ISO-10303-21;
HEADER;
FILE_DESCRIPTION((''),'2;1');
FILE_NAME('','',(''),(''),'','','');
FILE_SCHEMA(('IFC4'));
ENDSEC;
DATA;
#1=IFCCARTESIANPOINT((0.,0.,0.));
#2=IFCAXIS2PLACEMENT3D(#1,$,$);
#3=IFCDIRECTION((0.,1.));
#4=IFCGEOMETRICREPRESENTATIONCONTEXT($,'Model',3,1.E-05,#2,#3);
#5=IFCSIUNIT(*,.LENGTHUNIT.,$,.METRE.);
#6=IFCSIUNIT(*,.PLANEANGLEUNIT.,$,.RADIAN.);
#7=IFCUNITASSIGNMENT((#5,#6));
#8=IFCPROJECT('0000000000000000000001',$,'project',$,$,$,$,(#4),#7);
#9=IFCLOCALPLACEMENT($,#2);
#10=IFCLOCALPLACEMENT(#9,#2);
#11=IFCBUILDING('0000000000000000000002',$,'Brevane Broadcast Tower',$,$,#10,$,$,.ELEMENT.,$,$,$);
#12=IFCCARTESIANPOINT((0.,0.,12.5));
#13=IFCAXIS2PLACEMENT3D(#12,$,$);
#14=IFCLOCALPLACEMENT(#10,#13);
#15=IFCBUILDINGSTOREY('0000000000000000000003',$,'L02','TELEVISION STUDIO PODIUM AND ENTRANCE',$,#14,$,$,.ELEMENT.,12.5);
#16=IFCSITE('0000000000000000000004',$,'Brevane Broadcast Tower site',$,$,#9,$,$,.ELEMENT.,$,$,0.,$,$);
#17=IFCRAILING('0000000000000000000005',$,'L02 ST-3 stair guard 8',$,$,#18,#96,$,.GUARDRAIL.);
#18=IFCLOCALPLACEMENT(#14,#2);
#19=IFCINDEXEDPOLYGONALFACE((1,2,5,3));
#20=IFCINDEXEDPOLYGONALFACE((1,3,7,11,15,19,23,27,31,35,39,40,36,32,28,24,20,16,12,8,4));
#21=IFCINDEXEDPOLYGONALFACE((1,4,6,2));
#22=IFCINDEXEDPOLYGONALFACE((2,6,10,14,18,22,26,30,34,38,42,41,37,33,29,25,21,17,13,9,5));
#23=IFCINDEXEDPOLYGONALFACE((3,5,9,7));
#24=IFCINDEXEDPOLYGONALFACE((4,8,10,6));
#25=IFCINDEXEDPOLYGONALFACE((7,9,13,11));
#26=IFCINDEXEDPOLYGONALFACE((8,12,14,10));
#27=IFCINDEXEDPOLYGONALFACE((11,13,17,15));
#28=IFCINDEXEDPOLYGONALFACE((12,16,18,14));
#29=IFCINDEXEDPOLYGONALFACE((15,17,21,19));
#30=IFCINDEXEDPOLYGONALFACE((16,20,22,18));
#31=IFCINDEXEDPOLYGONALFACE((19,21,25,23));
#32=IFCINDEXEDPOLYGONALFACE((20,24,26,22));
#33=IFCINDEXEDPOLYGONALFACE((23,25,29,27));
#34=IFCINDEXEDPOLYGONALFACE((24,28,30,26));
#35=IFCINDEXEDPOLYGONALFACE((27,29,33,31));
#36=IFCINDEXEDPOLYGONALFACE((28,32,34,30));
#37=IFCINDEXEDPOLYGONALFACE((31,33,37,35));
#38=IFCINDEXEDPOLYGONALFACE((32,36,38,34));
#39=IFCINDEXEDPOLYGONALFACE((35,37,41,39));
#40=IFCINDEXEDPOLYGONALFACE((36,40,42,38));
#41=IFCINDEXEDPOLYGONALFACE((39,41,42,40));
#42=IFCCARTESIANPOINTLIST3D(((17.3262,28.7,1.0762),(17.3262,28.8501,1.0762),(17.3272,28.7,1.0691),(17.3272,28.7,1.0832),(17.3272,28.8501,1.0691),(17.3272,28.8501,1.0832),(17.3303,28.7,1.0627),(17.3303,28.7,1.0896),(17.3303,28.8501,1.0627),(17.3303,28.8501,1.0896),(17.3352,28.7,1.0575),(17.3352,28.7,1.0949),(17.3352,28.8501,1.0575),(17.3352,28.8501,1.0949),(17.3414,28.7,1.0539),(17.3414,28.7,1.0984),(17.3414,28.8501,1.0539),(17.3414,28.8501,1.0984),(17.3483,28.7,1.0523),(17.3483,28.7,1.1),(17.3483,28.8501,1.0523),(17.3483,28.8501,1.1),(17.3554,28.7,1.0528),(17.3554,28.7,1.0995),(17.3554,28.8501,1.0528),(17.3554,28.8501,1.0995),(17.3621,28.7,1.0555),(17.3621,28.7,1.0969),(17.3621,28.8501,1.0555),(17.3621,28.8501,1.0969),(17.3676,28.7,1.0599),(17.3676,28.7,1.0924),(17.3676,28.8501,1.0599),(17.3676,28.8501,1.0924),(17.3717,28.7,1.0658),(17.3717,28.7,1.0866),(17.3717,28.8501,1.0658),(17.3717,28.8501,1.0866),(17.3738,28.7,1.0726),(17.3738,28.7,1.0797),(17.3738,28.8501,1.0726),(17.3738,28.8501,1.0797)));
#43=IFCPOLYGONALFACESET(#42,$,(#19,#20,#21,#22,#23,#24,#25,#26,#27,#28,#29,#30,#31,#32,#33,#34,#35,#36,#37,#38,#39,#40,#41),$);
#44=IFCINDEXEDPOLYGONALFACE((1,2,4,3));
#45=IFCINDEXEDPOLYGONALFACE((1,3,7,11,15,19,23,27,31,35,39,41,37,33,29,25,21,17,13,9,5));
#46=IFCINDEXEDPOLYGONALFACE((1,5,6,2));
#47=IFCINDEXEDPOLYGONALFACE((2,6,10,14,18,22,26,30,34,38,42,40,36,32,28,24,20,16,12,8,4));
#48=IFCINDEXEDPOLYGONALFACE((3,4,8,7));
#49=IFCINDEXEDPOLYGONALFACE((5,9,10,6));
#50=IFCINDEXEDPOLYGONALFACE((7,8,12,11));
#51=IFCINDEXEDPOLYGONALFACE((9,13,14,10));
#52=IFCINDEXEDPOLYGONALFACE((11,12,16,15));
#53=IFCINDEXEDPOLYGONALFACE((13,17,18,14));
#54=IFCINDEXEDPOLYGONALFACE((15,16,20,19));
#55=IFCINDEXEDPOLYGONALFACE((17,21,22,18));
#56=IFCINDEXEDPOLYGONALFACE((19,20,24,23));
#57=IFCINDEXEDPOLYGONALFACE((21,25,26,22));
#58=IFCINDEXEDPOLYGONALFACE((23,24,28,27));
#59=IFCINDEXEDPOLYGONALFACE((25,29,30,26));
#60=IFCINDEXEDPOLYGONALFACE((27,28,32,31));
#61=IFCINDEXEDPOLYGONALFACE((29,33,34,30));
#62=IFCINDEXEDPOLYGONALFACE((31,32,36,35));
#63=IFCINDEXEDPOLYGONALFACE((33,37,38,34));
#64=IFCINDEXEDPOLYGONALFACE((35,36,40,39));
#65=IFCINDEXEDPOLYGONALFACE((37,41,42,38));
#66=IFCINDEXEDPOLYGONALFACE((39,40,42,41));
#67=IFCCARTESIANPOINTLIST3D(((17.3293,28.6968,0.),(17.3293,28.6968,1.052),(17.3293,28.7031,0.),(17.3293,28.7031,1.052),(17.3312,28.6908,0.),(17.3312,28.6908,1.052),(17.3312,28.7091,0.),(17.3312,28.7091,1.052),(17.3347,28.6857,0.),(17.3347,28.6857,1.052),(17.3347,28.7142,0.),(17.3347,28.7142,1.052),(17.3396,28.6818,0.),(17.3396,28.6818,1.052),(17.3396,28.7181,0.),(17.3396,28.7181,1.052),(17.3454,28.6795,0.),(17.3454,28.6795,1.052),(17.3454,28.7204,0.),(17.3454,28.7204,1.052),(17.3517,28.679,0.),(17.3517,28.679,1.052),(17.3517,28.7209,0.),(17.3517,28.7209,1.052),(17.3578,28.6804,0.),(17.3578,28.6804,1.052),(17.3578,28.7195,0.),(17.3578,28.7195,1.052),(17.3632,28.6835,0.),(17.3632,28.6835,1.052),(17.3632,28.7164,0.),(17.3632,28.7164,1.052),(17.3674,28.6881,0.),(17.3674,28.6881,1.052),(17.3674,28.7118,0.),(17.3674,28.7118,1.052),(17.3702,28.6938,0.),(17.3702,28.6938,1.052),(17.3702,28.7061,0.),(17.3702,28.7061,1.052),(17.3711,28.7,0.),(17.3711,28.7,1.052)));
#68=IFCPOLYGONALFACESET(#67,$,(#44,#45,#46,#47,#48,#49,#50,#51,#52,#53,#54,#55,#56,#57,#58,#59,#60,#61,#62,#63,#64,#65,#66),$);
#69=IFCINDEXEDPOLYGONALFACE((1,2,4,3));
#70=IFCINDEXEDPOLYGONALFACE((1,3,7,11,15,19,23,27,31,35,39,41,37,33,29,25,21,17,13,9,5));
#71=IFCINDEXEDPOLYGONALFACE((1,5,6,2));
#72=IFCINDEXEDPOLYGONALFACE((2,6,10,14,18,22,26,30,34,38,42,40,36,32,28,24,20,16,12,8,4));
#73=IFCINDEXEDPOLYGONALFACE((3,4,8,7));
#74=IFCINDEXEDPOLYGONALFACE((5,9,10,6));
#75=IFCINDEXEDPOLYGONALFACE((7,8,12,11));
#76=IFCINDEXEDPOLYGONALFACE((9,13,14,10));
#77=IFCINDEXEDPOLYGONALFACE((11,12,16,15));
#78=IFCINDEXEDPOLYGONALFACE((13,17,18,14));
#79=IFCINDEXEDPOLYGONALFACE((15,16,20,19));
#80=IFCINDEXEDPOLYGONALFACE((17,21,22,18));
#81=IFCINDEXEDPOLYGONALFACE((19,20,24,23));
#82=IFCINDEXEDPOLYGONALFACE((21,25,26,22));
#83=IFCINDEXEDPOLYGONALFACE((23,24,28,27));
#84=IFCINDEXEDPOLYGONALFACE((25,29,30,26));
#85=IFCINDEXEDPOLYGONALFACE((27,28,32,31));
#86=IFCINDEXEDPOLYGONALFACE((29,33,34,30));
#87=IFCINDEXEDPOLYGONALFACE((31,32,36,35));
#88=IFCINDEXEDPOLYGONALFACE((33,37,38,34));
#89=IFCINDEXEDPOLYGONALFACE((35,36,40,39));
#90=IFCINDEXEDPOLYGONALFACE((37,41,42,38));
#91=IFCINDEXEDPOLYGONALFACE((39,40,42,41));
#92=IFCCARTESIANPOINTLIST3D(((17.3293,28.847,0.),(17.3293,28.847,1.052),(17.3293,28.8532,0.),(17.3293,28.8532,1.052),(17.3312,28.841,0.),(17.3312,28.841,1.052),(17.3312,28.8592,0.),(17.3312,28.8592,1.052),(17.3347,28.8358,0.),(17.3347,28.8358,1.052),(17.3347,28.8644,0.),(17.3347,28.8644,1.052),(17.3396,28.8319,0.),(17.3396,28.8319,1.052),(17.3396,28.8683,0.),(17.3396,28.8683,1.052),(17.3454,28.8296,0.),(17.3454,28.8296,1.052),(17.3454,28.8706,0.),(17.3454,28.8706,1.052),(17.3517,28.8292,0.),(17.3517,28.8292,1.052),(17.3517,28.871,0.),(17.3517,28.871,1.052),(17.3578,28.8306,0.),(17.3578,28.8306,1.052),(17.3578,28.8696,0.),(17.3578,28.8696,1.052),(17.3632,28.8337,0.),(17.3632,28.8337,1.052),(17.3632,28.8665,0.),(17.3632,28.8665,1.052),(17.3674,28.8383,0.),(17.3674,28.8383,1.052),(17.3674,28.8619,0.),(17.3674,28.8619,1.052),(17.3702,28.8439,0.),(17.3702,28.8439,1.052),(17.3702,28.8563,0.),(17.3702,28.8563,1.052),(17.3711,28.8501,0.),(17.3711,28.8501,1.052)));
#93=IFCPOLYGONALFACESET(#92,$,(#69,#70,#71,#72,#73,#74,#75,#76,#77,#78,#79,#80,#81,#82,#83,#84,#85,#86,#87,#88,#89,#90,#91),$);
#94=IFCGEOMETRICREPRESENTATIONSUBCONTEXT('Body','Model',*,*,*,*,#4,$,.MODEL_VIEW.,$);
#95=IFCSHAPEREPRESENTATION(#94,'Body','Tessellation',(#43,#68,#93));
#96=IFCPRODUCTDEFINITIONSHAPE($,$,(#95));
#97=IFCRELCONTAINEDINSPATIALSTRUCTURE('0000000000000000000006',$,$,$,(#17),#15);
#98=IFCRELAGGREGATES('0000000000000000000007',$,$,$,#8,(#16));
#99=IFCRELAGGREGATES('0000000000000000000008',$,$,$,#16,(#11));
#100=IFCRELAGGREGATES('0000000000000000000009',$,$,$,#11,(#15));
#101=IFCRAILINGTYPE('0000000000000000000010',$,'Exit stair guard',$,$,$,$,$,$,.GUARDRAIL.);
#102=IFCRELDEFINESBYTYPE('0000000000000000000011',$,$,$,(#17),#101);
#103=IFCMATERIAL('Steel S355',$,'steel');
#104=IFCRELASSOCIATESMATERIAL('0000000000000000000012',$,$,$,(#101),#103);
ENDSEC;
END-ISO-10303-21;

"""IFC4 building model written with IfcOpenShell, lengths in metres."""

from ifc_helpers import new_model, si_unit, direction, frame, origin, origin_2d, place, context, subcontext, project, spatial, circle, extrude, material, type_object, element, save


model = new_model("IFC4")

# Units and contexts
model_context = context("Model", 3, precision=1e-05, world=origin(), true_north=direction((0.0, 1.0)))
body_context = subcontext(model_context, "Body", "Model", "MODEL_VIEW")
ifc_project = project(units=[si_unit("LENGTHUNIT", "METRE"), si_unit("PLANEANGLEUNIT", "RADIAN")], contexts=[model_context])

# Site, building, storey
site_placement = place(None, origin())
site = spatial("IfcSite", under=ifc_project, at=site_placement, Name="Brevane Broadcast Tower site", CompositionType="ELEMENT", RefElevation=0.0)
building_placement = place(site_placement, origin())
building = spatial("IfcBuilding", under=site, at=building_placement, Name="Brevane Broadcast Tower", CompositionType="ELEMENT")
storey_placement = place(building_placement, frame((0.0, 0.0, 12.5)))
storey = spatial("IfcBuildingStorey", under=building, at=storey_placement, Name="L02", Description="TELEVISION STUDIO PODIUM AND ENTRANCE", CompositionType="ELEMENT", Elevation=12.5)

# Railing
ifc_material_1 = material(Name="Steel S355", Category="steel")
railing_type_1 = type_object("IfcRailingType", Name="Exit stair guard", PredefinedType="GUARDRAIL", material=ifc_material_1)
railing_1_placement = place(storey_placement, frame((17.3501, 28.7, 0.0)))
element("IfcRailing", 1, at=railing_1_placement, inside=storey, type_object=railing_type_1, Name="L02 ST-3 stair guard 8", PredefinedType="GUARDRAIL", context=body_context, shape_type="SweptSolid", body=[
    extrude(circle(Radius=0.0239, at=origin_2d()), frame((0.0, 0.0, 1.0762), z_axis=(0.0, 1.0, 0.0), x_axis=(-1.0, 0.0, 0.0)), (0.0, 0.0, 1.0), 0.1501),
    extrude(circle(Radius=0.021, at=origin_2d()), origin(), (0.0, 0.0, 1.0), 1.052),
    extrude(circle(Radius=0.021, at=origin_2d()), frame((0.0, 0.1501, 0.0)), (0.0, 0.0, 1.0), 1.052),
])

save(model, "model.ifc")
